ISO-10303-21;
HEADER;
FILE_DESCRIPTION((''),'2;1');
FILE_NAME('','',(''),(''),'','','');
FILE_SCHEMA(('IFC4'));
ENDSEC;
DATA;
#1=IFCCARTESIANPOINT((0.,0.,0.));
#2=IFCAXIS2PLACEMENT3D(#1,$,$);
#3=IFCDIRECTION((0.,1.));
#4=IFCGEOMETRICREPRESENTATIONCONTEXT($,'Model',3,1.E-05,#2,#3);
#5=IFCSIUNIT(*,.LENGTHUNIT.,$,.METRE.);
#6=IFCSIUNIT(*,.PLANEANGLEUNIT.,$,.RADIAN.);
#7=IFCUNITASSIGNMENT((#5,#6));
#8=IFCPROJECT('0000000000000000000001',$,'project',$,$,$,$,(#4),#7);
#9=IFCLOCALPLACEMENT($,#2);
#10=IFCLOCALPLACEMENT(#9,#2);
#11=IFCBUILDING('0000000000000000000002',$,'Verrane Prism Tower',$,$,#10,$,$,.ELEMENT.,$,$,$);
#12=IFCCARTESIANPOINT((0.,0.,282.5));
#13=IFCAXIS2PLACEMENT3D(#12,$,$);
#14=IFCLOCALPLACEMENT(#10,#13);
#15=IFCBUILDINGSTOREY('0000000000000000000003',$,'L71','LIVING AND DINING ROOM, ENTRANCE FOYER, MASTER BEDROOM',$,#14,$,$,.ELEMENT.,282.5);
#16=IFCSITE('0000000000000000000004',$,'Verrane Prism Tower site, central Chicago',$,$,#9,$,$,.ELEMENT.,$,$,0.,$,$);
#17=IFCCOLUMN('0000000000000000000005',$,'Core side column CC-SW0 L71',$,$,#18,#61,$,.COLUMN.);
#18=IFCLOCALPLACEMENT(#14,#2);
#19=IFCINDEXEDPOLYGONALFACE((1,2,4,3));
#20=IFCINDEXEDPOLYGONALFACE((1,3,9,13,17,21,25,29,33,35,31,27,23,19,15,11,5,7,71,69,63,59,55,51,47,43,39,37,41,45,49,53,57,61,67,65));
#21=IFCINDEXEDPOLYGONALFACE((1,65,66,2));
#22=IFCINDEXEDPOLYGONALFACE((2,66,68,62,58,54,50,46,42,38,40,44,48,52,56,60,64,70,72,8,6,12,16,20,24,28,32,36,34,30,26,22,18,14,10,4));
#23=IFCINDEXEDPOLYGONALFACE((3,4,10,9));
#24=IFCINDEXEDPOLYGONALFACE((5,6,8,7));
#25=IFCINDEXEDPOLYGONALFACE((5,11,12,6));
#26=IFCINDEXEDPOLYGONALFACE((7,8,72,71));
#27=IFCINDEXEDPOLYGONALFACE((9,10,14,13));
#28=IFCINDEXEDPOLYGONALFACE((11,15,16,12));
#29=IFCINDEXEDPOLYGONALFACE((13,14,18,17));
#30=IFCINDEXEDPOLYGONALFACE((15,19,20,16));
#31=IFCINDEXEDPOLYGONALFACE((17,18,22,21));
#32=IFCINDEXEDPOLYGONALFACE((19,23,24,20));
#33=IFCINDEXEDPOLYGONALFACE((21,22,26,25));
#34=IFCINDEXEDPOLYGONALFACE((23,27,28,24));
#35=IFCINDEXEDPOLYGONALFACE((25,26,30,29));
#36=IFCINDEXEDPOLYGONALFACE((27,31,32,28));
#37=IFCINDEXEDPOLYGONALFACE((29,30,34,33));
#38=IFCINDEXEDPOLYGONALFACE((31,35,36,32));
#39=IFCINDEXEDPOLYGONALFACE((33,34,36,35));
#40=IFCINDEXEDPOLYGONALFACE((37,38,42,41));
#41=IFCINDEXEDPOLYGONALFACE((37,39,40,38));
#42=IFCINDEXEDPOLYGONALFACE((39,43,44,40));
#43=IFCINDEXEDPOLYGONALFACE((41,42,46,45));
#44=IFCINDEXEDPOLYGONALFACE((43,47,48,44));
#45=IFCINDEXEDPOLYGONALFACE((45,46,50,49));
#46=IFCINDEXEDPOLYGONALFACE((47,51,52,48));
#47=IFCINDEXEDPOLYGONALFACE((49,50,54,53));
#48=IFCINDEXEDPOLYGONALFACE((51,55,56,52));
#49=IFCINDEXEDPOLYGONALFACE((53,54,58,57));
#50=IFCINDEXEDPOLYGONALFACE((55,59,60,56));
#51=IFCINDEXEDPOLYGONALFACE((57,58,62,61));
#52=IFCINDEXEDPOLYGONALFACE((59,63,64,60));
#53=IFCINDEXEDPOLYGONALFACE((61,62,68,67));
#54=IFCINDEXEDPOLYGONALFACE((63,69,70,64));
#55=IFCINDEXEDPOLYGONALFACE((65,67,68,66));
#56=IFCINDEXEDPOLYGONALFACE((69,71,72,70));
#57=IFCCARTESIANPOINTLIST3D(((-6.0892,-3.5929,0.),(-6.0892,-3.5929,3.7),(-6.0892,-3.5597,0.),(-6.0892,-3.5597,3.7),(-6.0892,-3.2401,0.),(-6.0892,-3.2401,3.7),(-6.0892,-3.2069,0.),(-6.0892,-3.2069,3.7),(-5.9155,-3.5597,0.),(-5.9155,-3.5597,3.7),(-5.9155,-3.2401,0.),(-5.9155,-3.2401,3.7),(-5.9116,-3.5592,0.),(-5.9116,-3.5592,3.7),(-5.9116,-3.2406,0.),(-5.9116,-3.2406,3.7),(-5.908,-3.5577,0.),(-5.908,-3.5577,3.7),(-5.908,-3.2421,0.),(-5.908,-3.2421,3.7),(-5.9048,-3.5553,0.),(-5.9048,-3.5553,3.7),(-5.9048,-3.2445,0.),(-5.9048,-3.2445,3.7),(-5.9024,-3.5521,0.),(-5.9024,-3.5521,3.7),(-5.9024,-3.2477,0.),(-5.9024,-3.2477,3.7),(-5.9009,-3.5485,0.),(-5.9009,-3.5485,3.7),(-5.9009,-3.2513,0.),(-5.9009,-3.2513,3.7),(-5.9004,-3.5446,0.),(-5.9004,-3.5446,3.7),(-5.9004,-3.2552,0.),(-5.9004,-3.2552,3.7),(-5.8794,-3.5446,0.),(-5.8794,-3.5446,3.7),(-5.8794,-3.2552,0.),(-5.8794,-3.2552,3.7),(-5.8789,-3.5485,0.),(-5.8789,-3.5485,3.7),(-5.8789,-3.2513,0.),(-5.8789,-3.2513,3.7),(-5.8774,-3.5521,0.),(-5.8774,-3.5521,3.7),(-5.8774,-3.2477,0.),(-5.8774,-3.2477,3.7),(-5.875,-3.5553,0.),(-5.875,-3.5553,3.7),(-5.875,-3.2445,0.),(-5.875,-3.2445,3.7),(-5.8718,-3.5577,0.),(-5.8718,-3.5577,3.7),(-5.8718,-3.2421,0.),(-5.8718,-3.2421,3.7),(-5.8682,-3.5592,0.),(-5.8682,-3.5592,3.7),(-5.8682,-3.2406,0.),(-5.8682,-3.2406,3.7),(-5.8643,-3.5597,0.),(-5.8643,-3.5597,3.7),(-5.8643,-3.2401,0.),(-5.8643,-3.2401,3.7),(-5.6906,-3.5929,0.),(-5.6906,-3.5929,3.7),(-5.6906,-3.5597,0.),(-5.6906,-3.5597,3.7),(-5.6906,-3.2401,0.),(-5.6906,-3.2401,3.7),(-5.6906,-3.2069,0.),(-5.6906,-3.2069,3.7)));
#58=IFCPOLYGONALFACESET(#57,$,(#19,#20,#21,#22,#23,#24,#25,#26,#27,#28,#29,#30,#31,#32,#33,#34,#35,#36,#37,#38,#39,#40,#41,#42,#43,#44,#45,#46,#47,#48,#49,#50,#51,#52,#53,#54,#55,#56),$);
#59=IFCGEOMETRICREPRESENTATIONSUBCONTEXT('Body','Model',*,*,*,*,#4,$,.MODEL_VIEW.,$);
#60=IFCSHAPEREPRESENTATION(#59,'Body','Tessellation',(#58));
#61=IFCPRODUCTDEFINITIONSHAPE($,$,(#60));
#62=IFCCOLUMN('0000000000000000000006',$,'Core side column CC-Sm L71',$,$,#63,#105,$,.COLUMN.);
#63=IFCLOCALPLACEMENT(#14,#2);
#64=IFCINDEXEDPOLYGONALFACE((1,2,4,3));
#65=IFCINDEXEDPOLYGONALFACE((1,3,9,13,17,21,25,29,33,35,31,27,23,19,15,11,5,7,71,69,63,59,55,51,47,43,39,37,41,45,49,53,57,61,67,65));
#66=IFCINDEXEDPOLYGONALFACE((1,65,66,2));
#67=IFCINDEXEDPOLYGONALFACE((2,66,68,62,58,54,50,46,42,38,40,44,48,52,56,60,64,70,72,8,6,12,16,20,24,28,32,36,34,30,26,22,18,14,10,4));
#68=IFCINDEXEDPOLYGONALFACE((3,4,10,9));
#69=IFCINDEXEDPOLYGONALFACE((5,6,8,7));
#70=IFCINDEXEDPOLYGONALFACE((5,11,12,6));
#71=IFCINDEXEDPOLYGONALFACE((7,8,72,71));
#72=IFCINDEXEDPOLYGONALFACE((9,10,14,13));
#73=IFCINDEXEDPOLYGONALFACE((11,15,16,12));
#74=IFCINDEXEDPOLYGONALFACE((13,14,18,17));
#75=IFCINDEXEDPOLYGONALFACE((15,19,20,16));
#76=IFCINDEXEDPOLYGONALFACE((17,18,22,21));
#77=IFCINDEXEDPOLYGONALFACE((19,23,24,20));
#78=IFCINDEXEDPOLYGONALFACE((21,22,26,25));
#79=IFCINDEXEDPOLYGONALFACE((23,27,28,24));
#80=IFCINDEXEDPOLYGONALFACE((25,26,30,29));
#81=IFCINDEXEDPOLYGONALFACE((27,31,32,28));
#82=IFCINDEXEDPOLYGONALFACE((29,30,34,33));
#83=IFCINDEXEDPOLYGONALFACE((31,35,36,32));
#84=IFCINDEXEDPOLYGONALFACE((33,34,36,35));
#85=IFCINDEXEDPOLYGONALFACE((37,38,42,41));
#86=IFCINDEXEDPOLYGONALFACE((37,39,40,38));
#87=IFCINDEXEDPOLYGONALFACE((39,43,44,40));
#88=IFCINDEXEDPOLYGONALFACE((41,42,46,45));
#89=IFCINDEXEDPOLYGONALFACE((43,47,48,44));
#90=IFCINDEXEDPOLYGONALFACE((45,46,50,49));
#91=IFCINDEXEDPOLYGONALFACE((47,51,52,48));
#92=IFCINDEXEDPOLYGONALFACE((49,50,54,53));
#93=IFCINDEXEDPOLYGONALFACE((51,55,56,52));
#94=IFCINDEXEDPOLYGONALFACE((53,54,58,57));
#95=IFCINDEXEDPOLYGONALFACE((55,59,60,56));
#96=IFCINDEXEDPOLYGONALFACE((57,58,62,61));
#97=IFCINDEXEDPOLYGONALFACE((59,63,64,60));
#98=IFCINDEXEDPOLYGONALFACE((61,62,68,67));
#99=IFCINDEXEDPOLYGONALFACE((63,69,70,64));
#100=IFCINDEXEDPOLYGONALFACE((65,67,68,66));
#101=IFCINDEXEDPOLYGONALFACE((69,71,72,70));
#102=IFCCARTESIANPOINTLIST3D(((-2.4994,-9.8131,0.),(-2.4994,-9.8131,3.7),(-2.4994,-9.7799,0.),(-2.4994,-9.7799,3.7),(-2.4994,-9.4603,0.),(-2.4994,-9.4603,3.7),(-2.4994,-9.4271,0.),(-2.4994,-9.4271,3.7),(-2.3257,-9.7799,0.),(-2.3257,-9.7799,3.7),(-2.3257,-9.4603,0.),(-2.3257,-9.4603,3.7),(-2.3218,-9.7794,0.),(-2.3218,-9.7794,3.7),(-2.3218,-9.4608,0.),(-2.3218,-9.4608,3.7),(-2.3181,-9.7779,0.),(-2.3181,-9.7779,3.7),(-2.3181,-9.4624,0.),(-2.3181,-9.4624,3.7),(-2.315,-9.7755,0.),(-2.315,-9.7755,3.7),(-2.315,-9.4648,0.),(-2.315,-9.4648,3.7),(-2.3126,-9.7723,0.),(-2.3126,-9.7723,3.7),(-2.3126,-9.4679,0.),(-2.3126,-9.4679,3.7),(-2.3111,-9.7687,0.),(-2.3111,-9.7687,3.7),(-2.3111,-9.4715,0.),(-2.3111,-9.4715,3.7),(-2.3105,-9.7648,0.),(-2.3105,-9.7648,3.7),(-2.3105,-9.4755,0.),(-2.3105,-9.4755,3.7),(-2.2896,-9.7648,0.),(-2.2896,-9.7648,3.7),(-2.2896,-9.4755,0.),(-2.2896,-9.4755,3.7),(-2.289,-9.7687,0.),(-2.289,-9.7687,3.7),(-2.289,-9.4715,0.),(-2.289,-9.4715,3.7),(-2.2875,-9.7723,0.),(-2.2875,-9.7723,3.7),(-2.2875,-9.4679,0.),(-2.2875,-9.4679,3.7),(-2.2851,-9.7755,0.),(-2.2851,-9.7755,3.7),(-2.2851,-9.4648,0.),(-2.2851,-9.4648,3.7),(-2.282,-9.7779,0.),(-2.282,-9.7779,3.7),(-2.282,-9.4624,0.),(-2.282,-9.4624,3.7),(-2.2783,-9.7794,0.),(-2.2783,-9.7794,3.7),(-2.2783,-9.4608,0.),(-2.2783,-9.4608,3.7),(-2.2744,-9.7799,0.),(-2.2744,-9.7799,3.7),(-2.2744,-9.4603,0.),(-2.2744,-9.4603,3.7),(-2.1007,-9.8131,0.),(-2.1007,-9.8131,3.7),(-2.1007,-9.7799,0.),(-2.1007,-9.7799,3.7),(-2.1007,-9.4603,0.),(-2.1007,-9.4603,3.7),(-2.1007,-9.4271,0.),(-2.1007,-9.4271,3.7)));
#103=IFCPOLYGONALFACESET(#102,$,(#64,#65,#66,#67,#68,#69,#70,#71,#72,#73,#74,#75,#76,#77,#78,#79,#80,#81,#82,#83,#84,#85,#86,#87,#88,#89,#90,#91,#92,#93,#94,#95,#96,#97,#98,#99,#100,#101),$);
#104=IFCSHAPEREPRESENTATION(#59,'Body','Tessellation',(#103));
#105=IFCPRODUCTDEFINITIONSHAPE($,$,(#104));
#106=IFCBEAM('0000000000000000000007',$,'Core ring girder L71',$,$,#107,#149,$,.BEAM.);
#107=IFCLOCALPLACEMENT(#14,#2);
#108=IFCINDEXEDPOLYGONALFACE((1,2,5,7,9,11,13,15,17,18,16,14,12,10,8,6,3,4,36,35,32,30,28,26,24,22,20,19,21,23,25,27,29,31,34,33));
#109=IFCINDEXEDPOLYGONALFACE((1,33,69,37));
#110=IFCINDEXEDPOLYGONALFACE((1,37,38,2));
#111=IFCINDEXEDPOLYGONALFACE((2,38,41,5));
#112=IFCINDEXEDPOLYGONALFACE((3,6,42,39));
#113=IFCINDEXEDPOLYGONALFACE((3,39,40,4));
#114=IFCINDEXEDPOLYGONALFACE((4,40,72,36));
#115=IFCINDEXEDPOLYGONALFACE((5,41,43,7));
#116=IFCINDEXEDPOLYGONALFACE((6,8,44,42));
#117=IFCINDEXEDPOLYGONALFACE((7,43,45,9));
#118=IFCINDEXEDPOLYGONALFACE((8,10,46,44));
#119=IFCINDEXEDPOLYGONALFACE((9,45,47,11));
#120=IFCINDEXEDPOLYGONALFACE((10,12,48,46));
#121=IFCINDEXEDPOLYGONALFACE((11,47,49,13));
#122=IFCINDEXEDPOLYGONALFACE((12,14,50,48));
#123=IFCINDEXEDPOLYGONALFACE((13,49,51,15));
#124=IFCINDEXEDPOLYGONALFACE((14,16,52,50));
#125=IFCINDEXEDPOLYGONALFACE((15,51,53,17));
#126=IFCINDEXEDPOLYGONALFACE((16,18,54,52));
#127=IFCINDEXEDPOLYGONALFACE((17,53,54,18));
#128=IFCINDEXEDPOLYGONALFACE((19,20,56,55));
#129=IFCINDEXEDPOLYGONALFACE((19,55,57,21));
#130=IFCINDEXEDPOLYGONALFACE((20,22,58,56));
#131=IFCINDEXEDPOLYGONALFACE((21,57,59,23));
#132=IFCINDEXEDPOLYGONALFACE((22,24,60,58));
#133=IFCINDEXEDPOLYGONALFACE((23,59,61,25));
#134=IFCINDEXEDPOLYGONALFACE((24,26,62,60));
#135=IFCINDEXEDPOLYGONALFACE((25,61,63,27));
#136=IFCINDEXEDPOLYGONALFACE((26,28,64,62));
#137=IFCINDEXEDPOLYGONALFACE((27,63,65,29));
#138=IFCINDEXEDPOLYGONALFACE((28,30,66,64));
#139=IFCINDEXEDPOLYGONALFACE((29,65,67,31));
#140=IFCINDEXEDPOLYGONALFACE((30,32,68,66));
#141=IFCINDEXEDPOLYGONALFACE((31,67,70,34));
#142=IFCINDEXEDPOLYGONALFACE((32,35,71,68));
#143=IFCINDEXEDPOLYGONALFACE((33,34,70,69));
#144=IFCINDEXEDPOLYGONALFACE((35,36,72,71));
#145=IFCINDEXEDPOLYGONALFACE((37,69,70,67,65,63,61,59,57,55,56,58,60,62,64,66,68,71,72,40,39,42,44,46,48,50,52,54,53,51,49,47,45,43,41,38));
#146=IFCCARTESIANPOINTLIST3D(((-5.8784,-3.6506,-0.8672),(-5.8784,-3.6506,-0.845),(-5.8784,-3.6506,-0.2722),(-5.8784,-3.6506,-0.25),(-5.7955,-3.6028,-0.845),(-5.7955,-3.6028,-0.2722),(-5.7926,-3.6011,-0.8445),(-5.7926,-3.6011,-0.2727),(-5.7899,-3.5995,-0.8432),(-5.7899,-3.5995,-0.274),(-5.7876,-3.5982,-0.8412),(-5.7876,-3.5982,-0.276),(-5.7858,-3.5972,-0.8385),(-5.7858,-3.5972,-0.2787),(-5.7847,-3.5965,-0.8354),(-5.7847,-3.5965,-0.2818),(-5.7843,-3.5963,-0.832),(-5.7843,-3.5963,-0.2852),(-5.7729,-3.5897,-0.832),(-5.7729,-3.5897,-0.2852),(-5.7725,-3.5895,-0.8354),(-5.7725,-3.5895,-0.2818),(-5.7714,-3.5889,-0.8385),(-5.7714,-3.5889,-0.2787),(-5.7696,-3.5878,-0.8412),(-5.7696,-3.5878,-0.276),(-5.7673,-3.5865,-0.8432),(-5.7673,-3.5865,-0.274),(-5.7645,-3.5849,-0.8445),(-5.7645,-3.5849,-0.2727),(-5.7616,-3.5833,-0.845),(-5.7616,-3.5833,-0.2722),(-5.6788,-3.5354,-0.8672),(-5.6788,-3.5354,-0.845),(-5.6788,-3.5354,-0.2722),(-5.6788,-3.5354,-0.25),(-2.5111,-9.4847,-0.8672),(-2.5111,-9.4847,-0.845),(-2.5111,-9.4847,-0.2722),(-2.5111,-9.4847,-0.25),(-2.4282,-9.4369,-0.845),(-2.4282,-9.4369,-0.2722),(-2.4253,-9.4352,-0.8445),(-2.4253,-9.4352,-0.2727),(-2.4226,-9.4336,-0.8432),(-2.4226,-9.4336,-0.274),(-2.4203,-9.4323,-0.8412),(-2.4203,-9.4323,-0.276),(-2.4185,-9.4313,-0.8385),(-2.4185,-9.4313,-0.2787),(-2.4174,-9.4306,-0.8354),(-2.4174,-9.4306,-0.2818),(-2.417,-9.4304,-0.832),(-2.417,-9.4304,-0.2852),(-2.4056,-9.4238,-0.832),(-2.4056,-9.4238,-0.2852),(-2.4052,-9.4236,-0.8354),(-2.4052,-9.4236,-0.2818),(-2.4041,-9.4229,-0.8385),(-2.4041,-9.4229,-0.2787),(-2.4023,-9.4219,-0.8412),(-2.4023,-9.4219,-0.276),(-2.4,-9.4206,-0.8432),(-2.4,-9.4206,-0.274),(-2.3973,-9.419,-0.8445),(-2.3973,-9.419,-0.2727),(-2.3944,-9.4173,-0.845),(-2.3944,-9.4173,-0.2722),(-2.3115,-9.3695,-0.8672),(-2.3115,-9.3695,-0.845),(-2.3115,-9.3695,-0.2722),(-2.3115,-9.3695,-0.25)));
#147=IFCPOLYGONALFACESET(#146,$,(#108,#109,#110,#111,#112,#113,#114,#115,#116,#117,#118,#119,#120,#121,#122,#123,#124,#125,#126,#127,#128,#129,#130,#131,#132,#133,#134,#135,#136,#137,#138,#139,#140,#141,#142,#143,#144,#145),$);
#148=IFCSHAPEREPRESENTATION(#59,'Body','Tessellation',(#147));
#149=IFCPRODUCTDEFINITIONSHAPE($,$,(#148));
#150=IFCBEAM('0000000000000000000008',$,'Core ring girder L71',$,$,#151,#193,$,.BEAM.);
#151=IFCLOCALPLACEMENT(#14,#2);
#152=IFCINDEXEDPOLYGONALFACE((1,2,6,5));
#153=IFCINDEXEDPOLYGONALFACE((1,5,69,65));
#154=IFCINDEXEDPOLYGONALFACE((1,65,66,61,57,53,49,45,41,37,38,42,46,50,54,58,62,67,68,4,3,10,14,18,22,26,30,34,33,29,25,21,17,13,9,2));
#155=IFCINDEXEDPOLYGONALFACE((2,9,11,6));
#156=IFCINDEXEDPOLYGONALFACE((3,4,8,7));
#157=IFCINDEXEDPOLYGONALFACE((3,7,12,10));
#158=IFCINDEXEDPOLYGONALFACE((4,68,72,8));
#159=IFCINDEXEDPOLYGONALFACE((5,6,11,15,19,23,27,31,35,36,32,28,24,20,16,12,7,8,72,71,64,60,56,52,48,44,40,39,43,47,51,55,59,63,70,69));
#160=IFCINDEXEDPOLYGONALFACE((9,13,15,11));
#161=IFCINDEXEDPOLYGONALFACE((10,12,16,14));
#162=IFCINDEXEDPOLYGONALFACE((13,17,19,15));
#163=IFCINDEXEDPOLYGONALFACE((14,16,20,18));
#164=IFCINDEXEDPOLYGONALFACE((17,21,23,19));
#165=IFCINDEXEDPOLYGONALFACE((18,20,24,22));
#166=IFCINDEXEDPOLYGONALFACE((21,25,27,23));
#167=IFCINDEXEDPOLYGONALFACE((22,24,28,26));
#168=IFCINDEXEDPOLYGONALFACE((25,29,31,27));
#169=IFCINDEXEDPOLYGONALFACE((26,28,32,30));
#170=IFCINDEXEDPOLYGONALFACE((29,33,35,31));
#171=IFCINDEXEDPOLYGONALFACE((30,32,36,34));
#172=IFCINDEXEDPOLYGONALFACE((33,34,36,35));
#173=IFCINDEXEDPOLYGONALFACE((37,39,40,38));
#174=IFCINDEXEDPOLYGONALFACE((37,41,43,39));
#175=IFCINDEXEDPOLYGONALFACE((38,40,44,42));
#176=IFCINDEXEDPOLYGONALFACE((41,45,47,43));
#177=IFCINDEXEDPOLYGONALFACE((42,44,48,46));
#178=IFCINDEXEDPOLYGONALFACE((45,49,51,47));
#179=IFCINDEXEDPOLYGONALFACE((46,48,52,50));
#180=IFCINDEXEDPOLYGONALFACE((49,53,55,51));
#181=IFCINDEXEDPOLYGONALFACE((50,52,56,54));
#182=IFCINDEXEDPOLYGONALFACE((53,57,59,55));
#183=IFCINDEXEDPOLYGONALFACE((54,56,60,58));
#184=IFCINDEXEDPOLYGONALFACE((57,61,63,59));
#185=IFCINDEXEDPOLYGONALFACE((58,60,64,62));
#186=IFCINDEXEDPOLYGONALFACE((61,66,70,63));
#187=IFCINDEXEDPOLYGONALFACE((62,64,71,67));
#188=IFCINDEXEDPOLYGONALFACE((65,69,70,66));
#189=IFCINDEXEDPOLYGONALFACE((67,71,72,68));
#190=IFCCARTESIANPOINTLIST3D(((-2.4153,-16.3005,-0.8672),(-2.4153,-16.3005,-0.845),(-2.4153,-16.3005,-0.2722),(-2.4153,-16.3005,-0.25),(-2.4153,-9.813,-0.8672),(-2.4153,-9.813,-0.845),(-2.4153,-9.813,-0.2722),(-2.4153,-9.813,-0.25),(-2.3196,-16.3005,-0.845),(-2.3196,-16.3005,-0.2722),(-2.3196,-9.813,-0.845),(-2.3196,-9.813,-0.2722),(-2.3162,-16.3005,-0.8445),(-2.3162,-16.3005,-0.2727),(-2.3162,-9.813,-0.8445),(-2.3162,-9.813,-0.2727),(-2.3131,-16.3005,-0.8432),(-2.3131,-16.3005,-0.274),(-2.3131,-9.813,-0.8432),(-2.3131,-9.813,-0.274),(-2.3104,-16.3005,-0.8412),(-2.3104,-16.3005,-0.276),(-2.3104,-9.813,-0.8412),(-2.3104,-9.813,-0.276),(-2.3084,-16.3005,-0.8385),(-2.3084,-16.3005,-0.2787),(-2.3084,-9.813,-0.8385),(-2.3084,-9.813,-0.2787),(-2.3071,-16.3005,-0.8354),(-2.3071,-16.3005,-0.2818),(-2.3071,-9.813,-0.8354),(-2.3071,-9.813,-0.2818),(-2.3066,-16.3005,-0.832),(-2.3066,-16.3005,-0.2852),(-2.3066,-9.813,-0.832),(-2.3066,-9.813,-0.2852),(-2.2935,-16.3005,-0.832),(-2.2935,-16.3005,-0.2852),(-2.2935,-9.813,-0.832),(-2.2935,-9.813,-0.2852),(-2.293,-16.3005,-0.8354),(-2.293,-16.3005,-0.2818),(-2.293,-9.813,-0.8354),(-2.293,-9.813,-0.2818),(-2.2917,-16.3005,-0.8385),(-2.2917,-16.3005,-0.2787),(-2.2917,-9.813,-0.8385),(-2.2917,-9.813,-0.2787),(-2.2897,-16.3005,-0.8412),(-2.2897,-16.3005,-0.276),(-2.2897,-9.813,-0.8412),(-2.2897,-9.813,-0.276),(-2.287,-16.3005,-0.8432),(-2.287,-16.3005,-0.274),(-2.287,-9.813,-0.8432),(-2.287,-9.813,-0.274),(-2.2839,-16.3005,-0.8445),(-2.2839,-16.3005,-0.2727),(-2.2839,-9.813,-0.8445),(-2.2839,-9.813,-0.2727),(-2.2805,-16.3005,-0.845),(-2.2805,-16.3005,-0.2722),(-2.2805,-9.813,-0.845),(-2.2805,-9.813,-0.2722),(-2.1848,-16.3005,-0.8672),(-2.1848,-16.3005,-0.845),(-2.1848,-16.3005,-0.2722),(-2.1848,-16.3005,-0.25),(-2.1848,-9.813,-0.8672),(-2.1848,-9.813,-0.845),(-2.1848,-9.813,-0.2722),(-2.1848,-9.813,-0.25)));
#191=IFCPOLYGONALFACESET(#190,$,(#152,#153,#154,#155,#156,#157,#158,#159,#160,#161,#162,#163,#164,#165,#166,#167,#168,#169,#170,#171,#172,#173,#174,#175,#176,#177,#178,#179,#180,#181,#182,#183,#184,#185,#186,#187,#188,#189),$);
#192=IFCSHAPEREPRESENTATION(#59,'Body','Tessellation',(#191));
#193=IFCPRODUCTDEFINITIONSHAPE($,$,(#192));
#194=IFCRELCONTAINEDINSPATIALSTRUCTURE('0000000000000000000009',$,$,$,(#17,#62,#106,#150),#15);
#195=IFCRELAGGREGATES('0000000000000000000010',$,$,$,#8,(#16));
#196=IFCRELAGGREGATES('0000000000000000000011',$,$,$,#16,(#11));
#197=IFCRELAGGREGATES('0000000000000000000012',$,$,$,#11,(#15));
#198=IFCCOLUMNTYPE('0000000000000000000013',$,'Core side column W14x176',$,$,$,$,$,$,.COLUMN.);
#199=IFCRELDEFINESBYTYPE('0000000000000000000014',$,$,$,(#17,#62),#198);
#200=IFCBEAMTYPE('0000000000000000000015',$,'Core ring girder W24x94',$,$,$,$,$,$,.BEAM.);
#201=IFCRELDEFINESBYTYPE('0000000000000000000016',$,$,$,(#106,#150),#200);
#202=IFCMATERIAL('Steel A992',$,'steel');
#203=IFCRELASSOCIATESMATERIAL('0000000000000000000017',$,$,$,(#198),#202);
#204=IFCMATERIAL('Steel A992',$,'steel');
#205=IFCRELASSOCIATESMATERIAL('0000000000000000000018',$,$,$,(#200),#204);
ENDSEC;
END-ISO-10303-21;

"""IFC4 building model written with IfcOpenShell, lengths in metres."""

from ifc_helpers import new_model, si_unit, direction, frame, origin, origin_2d, place, context, subcontext, project, spatial, i_section, extrude, material, material_profile, profile_set, type_object, element, save


model = new_model("IFC4")

# Units and contexts
model_context = context("Model", 3, precision=1e-05, world=origin(), true_north=direction((0.0, 1.0)))
body_context = subcontext(model_context, "Body", "Model", "MODEL_VIEW")
ifc_project = project(units=[si_unit("LENGTHUNIT", "METRE"), si_unit("PLANEANGLEUNIT", "RADIAN")], contexts=[model_context])

# Site, building, storey
site_placement = place(None, origin())
site = spatial("IfcSite", under=ifc_project, at=site_placement, Name="Verrane Prism Tower site, central Chicago", CompositionType="ELEMENT", RefElevation=0.0)
building_placement = place(site_placement, origin())
building = spatial("IfcBuilding", under=site, at=building_placement, Name="Verrane Prism Tower", CompositionType="ELEMENT")
storey_placement = place(building_placement, frame((0.0, 0.0, 282.5)))
storey = spatial("IfcBuildingStorey", under=building, at=storey_placement, Name="L71", Description="LIVING AND DINING ROOM, ENTRANCE FOYER, MASTER BEDROOM", CompositionType="ELEMENT", Elevation=282.5)

# Columns
ifc_material_1 = material(Name="Steel A992", Category="steel")
ifc_material_profile_1 = material_profile(ifc_material_1, i_section(OverallWidth=0.3987, OverallDepth=0.386, WebThickness=0.021, FlangeThickness=0.0332, FilletRadius=0.0151, at=origin_2d()), Name="W14x176")
ifc_profile_set_1 = profile_set([ifc_material_profile_1], Name="Steel A992")
column_type = type_object("IfcColumnType", Name="Core side column W14x176", PredefinedType="COLUMN", material=ifc_profile_set_1)
for number, where, z_axis, x_axis, name in (
    (1, (-5.8899, -3.3999, 0.0), (0.0, 0.0, 1.0), (1.0, 0.0, 0.0), "Core side column CC-SW0 L71"),
    (2, (-2.3, -9.6201, 0.0), (0.0, 0.0, 1.0), (1.0, 0.0, 0.0), "Core side column CC-Sm L71"),
):
    element("IfcColumn", number, at=place(storey_placement, frame(where, z_axis=z_axis, x_axis=x_axis)), inside=storey, type_object=column_type, Name=name, PredefinedType="COLUMN", context=body_context, shape_type="SweptSolid", body=[
        extrude(i_section(OverallWidth=0.3987, OverallDepth=0.386, WebThickness=0.021, FlangeThickness=0.0332, FilletRadius=0.0151, at=origin_2d()), origin(), (0.0, 0.0, 1.0), 3.7),
    ])

# Beams
ifc_material_2 = material(Name="Steel A992", Category="steel")
ifc_material_profile_2 = material_profile(ifc_material_2, i_section(OverallWidth=0.2305, OverallDepth=0.6172, WebThickness=0.0132, FlangeThickness=0.0222, FilletRadius=0.0129, at=origin_2d()), Name="W24x94")
ifc_profile_set_2 = profile_set([ifc_material_profile_2], Name="Steel A992")
beam_type = type_object("IfcBeamType", Name="Core ring girder W24x94", PredefinedType="BEAM", material=ifc_profile_set_2)
beam_1_placement = place(storey_placement, frame((-5.7786, -3.593, -0.5586), z_axis=(0.499881, -0.866094, 0.0), x_axis=(0.866094, 0.499881, 0.0)))
element("IfcBeam", 3, at=beam_1_placement, inside=storey, type_object=beam_type, Name="Core ring girder L71", PredefinedType="BEAM", context=body_context, shape_type="SweptSolid", body=[
    extrude(i_section(OverallWidth=0.2305, OverallDepth=0.6172, WebThickness=0.0132, FlangeThickness=0.0222, FilletRadius=0.0129, at=origin_2d()), origin(), (0.0, 0.0, 1.0), 6.7361),
])
beam_2_placement = place(storey_placement, frame((-2.3, -9.813, -0.5586), z_axis=(0.0, -1.0, 0.0), x_axis=(1.0, 0.0, 0.0)))
element("IfcBeam", 4, at=beam_2_placement, inside=storey, type_object=beam_type, Name="Core ring girder L71", PredefinedType="BEAM", context=body_context, shape_type="SweptSolid", body=[
    extrude(i_section(OverallWidth=0.2305, OverallDepth=0.6172, WebThickness=0.0132, FlangeThickness=0.0222, FilletRadius=0.0129, at=origin_2d()), origin(), (0.0, 0.0, 1.0), 6.4875),
])

save(model, "model.ifc")
